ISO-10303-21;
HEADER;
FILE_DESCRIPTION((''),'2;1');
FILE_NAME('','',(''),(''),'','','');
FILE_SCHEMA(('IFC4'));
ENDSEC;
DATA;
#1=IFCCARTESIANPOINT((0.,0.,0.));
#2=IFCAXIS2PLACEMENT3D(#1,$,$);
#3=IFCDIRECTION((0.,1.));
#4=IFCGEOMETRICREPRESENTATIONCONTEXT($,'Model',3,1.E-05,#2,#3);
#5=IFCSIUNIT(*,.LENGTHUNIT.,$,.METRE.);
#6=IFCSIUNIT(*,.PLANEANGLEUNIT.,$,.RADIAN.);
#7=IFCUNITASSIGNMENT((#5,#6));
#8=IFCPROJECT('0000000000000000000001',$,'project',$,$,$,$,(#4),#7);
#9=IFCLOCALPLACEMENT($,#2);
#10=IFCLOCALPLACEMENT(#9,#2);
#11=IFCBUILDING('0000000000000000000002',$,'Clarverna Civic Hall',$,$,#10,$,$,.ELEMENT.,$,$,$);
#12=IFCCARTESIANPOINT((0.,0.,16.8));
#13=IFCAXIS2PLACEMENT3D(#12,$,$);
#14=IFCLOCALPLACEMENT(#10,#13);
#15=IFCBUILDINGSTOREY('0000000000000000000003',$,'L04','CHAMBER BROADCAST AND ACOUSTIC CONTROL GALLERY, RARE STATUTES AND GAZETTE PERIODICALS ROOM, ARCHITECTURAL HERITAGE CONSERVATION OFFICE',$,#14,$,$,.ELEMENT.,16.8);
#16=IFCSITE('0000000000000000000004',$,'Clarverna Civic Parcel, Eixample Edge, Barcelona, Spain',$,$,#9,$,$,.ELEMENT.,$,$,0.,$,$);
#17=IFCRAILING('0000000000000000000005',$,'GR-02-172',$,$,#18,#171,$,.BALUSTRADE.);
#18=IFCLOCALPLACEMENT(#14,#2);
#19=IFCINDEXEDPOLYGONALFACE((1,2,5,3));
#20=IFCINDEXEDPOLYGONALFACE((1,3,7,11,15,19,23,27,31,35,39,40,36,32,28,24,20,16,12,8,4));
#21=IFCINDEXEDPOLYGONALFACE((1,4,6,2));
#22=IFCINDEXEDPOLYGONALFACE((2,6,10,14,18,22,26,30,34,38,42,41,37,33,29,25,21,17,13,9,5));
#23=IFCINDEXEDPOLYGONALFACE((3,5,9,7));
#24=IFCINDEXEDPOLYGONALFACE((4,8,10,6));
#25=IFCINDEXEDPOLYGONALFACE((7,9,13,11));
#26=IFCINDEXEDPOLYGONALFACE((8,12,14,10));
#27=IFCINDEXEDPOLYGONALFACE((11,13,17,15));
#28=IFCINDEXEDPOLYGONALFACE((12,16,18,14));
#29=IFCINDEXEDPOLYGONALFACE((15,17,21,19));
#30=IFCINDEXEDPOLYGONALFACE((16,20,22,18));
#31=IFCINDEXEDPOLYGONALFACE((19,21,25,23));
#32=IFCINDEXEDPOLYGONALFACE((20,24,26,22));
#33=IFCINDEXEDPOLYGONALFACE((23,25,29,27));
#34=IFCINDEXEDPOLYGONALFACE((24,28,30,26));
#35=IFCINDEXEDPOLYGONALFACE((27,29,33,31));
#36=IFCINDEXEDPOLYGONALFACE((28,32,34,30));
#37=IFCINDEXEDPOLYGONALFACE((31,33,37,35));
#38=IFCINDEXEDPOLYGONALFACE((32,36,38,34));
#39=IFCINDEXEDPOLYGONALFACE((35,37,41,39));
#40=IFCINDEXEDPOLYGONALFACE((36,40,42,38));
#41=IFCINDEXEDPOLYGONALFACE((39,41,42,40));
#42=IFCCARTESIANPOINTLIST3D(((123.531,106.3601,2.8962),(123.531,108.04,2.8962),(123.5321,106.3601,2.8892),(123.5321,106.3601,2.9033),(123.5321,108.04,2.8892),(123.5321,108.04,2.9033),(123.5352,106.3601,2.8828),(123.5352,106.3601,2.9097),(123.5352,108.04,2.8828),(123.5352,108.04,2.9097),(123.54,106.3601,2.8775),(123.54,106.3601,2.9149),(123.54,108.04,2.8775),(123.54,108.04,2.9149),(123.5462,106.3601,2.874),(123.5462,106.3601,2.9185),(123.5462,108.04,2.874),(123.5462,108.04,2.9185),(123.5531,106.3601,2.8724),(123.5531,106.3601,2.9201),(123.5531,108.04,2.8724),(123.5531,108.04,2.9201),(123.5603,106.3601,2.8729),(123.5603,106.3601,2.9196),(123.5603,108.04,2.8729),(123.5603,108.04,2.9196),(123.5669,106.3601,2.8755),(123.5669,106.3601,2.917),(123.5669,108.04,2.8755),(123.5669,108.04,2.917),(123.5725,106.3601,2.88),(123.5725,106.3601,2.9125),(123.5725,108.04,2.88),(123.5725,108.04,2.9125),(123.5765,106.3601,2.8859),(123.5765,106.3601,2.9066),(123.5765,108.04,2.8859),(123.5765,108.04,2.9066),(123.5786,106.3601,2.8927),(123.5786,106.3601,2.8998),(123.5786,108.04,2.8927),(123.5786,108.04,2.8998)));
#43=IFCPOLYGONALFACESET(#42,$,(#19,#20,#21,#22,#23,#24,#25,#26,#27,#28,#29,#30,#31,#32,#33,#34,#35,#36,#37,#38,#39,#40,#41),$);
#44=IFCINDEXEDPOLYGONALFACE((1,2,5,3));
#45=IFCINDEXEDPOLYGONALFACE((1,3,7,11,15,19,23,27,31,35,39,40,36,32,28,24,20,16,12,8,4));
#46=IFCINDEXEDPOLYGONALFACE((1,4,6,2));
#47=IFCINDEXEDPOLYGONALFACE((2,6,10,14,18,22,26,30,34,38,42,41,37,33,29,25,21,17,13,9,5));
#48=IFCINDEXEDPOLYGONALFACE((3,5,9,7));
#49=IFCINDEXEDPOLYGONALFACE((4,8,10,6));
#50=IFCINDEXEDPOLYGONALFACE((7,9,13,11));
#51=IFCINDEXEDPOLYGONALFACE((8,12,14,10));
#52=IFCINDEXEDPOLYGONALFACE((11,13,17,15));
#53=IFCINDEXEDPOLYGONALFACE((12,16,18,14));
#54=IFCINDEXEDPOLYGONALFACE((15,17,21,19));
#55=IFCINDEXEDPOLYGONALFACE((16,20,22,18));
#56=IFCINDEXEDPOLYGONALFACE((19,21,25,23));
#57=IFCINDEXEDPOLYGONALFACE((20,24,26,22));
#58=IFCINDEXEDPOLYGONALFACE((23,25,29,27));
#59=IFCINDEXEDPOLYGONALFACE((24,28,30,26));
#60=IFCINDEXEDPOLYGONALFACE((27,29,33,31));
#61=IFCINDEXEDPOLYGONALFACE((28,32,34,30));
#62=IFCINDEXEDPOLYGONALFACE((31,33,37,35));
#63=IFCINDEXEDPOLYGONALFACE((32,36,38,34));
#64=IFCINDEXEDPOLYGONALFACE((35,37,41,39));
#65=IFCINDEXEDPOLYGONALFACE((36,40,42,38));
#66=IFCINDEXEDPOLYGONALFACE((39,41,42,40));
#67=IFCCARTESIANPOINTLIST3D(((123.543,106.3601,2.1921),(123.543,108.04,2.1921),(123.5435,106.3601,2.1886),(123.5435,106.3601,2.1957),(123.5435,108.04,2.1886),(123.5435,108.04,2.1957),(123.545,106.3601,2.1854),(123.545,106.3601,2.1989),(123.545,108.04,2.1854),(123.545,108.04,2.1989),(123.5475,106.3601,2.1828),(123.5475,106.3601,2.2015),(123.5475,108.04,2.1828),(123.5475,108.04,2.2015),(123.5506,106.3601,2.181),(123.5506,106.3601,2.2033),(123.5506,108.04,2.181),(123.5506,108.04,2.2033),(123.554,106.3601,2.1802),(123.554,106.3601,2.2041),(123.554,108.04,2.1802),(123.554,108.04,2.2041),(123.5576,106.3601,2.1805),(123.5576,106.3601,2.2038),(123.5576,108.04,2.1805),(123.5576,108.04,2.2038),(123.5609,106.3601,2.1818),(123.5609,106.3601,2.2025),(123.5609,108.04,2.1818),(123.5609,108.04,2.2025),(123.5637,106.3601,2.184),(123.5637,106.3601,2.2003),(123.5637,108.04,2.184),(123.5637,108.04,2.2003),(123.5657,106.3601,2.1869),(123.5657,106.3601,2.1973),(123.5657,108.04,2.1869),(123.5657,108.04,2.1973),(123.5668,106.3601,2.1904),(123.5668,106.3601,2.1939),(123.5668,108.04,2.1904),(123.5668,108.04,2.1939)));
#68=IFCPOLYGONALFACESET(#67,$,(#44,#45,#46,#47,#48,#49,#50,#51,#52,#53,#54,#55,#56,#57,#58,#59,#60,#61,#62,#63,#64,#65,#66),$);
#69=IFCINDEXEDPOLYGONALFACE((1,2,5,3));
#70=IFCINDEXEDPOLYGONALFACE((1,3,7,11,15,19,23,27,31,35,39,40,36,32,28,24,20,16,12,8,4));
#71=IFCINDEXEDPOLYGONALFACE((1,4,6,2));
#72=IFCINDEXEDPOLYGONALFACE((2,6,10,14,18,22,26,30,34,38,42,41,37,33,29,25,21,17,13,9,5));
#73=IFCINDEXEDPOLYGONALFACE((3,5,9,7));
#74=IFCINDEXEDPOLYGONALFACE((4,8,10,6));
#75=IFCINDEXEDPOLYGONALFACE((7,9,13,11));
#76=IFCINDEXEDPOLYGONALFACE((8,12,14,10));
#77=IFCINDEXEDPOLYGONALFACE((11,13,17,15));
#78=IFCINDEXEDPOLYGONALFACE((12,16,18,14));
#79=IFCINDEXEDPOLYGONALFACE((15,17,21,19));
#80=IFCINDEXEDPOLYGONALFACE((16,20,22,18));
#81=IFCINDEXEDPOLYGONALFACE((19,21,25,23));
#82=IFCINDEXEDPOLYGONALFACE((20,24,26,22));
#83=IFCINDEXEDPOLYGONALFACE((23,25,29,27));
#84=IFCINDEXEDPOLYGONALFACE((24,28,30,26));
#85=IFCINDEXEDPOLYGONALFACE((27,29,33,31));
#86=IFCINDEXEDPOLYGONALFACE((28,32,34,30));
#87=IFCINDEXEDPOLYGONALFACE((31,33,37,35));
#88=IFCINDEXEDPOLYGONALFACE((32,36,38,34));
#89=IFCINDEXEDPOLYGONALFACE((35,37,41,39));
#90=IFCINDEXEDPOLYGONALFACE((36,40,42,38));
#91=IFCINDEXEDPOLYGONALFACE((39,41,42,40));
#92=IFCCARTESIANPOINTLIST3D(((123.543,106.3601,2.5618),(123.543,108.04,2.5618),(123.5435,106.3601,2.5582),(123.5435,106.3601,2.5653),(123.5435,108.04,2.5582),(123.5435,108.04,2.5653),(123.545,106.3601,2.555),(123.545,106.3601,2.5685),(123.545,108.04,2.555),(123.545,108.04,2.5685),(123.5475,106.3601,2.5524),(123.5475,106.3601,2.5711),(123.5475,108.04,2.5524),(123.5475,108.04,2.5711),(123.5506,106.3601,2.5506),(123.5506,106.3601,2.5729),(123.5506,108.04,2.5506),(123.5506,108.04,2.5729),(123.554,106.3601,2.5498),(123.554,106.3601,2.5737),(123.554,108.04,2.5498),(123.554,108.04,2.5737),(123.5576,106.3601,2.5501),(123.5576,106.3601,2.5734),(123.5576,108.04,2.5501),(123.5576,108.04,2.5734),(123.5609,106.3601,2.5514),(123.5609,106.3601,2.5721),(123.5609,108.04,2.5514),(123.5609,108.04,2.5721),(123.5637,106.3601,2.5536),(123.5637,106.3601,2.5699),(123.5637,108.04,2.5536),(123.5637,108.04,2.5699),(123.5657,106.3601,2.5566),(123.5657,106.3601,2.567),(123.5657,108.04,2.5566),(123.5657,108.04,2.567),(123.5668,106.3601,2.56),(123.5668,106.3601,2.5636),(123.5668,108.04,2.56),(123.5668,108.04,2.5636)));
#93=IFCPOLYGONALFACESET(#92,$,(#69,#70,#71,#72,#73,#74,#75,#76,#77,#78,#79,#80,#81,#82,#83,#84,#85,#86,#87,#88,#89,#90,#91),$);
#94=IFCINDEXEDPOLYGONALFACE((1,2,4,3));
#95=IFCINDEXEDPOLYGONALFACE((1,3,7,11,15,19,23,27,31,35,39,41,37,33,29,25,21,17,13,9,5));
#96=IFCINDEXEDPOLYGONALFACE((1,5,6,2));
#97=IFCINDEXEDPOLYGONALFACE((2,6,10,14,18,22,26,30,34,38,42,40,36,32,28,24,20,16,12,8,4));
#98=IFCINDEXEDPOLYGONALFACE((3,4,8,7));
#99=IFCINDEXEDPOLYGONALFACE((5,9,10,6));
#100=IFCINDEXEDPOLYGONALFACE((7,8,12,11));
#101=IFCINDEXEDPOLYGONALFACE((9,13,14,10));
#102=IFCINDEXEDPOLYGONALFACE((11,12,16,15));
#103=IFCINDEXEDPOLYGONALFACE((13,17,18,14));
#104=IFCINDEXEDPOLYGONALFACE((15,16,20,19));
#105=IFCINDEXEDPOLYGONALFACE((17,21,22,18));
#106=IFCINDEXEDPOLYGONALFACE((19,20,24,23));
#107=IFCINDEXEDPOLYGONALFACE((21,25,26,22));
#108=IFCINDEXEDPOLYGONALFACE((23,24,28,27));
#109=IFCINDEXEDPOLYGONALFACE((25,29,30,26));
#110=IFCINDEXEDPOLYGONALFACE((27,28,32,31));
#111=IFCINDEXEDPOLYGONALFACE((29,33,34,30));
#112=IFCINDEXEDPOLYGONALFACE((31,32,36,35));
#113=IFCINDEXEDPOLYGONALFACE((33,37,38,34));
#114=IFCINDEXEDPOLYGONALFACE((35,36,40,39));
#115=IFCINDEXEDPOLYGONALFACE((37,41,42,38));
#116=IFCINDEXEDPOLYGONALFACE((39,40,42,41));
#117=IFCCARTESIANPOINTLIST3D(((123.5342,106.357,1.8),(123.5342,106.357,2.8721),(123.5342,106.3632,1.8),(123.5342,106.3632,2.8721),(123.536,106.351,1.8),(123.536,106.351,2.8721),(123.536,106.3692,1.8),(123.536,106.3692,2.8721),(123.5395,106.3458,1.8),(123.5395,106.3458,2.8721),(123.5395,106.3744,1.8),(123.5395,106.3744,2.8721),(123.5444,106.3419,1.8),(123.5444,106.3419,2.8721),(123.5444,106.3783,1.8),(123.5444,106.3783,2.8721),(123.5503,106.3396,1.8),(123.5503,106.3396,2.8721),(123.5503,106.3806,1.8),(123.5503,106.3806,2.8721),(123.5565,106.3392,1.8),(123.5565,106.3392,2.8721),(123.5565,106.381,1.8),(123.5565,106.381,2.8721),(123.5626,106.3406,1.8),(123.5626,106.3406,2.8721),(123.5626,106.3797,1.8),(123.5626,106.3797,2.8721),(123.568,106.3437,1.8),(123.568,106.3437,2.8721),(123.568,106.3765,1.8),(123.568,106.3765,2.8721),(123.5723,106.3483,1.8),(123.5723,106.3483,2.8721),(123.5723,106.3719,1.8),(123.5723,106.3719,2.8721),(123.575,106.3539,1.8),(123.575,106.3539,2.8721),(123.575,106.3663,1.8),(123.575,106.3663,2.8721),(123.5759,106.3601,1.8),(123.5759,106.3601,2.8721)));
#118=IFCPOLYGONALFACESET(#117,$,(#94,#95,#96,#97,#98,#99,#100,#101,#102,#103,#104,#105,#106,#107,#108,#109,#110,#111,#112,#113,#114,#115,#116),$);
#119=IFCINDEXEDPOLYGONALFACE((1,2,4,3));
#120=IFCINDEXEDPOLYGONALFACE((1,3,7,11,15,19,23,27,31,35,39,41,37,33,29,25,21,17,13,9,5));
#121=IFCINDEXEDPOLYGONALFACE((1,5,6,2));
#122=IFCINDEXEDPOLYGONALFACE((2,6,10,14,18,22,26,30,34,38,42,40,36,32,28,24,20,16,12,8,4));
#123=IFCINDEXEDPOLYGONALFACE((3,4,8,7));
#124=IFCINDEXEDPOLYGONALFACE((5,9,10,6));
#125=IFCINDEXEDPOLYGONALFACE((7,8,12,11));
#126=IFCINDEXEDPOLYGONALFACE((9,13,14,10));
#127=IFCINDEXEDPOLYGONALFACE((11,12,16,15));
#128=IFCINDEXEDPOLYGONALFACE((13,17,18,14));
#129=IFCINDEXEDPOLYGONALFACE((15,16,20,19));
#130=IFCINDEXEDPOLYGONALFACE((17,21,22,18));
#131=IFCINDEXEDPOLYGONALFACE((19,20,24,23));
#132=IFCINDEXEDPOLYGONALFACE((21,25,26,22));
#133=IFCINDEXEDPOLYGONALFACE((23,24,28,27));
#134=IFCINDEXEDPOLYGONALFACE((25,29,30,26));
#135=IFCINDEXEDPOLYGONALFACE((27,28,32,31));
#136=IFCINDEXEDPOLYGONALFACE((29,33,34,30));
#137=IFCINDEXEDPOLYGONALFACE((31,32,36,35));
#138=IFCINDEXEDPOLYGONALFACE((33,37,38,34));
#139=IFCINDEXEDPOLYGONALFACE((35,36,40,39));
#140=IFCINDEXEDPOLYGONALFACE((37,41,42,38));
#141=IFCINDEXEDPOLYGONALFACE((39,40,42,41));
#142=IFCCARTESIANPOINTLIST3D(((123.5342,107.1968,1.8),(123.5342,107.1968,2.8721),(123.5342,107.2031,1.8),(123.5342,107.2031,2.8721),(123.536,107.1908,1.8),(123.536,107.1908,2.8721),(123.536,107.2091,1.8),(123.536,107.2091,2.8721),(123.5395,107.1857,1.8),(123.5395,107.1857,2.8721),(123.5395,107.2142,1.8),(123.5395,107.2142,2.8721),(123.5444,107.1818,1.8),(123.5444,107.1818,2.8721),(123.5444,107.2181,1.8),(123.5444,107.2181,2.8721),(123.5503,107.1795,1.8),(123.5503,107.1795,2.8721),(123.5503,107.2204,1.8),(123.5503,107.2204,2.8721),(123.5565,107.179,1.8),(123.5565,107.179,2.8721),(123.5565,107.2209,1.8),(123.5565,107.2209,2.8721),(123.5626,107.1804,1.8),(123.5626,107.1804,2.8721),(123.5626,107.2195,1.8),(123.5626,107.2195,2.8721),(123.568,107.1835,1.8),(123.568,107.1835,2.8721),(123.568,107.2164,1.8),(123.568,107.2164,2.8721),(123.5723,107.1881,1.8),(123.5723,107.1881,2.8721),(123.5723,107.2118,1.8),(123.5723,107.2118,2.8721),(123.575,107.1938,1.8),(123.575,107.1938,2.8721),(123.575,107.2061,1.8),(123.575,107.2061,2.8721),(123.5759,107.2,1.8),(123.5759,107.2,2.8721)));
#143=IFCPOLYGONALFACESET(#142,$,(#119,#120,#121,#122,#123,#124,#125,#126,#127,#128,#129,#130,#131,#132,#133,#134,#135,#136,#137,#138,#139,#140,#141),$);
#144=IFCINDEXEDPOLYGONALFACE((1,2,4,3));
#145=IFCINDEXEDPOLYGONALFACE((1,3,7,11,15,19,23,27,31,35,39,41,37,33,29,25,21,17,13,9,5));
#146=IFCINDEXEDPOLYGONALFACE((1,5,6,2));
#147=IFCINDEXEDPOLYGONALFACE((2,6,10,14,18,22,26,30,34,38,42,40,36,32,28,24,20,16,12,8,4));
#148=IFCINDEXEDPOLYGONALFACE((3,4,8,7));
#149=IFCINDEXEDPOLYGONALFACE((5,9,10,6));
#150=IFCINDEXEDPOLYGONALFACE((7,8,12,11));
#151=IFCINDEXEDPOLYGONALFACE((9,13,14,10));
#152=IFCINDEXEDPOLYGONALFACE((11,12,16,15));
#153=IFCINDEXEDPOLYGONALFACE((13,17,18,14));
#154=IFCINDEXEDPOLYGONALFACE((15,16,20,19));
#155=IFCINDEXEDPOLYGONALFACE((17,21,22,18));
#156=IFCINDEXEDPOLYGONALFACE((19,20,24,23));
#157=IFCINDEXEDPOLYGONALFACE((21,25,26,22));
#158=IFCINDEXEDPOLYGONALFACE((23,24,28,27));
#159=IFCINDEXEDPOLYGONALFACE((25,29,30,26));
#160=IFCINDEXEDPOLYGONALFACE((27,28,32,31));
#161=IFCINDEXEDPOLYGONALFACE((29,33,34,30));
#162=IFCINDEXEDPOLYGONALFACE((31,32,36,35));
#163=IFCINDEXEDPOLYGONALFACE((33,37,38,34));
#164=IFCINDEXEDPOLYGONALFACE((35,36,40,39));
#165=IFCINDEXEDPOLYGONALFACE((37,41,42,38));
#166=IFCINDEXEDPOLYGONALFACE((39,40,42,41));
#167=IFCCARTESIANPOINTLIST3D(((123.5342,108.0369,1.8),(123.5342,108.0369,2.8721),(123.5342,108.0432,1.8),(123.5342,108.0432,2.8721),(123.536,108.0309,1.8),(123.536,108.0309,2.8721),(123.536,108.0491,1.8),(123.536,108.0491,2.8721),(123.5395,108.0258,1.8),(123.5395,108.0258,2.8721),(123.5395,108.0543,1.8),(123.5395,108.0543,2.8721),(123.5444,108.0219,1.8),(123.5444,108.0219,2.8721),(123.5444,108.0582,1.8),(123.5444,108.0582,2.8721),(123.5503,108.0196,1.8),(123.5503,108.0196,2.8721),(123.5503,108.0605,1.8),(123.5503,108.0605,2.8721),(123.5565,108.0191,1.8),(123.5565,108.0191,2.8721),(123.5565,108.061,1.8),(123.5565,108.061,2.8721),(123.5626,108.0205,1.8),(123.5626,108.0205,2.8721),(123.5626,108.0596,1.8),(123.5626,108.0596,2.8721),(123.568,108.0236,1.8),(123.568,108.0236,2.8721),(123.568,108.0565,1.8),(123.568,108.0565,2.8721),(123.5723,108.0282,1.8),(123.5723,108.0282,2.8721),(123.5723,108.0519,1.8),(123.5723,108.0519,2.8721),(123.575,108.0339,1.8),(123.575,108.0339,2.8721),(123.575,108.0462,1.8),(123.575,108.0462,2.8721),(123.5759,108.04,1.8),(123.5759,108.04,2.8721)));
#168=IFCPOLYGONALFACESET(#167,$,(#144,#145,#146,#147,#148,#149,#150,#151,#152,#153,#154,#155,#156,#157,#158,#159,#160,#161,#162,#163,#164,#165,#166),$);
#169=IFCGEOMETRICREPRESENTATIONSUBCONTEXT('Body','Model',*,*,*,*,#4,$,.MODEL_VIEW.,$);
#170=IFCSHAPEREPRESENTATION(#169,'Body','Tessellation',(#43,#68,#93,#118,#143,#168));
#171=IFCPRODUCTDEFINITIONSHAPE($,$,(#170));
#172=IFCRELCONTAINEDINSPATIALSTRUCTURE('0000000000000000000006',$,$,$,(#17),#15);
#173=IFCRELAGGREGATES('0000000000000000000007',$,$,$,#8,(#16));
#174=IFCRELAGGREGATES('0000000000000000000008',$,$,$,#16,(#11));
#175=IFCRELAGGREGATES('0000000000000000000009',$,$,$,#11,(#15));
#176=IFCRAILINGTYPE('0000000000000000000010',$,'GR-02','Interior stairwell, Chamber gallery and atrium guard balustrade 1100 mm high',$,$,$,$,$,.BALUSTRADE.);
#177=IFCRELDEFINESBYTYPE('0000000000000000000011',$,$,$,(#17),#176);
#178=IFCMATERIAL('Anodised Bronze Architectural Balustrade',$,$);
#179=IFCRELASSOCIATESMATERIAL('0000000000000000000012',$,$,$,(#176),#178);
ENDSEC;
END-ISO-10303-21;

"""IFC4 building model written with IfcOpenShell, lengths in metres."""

from ifc_helpers import new_model, si_unit, direction, frame, origin, origin_2d, place, context, subcontext, project, spatial, circle, extrude, material, type_object, element, save


model = new_model("IFC4")

# Units and contexts
model_context = context("Model", 3, precision=1e-05, world=origin(), true_north=direction((0.0, 1.0)))
body_context = subcontext(model_context, "Body", "Model", "MODEL_VIEW")
ifc_project = project(units=[si_unit("LENGTHUNIT", "METRE"), si_unit("PLANEANGLEUNIT", "RADIAN")], contexts=[model_context])

# Site, building, storey
site_placement = place(None, origin())
site = spatial("IfcSite", under=ifc_project, at=site_placement, Name="Clarverna Civic Parcel, Eixample Edge, Barcelona, Spain", CompositionType="ELEMENT", RefElevation=0.0)
building_placement = place(site_placement, origin())
building = spatial("IfcBuilding", under=site, at=building_placement, Name="Clarverna Civic Hall", CompositionType="ELEMENT")
storey_placement = place(building_placement, frame((0.0, 0.0, 16.8)))
storey = spatial("IfcBuildingStorey", under=building, at=storey_placement, Name="L04", Description="CHAMBER BROADCAST AND ACOUSTIC CONTROL GALLERY, RARE STATUTES AND GAZETTE PERIODICALS ROOM, ARCHITECTURAL HERITAGE CONSERVATION OFFICE", CompositionType="ELEMENT", Elevation=16.8)

# Railing
ifc_material_1 = material(Name="Anodised Bronze Architectural Balustrade")
railing_type_1 = type_object("IfcRailingType", Name="GR-02", Description="Interior stairwell, Chamber gallery and atrium guard balustrade 1100 mm high", PredefinedType="BALUSTRADE", material=ifc_material_1)
railing_1_placement = place(storey_placement, frame((123.5549, 106.3601, 1.8)))
element("IfcRailing", 1, at=railing_1_placement, inside=storey, type_object=railing_type_1, Name="GR-02-172", PredefinedType="BALUSTRADE", context=body_context, shape_type="SweptSolid", body=[
    extrude(circle(Radius=0.0239, at=origin_2d()), frame((0.0, 0.0, 1.0962), z_axis=(0.0, 1.0, 0.0), x_axis=(-1.0, 0.0, 0.0)), (0.0, 0.0, 1.0), 1.6799),
    extrude(circle(Radius=0.012, at=origin_2d()), frame((0.0, 0.0, 0.3921), z_axis=(0.0, 1.0, 0.0), x_axis=(-1.0, 0.0, 0.0)), (0.0, 0.0, 1.0), 1.6799),
    extrude(circle(Radius=0.012, at=origin_2d()), frame((0.0, 0.0, 0.7617), z_axis=(0.0, 1.0, 0.0), x_axis=(-1.0, 0.0, 0.0)), (0.0, 0.0, 1.0), 1.6799),
    extrude(circle(Radius=0.021, at=origin_2d()), origin(), (0.0, 0.0, 1.0), 1.072),
    extrude(circle(Radius=0.021, at=origin_2d()), frame((0.0, 0.8398, 0.0)), (0.0, 0.0, 1.0), 1.072),
    extrude(circle(Radius=0.021, at=origin_2d()), frame((0.0, 1.6799, 0.0)), (0.0, 0.0, 1.0), 1.072),
])

save(model, "model.ifc")
